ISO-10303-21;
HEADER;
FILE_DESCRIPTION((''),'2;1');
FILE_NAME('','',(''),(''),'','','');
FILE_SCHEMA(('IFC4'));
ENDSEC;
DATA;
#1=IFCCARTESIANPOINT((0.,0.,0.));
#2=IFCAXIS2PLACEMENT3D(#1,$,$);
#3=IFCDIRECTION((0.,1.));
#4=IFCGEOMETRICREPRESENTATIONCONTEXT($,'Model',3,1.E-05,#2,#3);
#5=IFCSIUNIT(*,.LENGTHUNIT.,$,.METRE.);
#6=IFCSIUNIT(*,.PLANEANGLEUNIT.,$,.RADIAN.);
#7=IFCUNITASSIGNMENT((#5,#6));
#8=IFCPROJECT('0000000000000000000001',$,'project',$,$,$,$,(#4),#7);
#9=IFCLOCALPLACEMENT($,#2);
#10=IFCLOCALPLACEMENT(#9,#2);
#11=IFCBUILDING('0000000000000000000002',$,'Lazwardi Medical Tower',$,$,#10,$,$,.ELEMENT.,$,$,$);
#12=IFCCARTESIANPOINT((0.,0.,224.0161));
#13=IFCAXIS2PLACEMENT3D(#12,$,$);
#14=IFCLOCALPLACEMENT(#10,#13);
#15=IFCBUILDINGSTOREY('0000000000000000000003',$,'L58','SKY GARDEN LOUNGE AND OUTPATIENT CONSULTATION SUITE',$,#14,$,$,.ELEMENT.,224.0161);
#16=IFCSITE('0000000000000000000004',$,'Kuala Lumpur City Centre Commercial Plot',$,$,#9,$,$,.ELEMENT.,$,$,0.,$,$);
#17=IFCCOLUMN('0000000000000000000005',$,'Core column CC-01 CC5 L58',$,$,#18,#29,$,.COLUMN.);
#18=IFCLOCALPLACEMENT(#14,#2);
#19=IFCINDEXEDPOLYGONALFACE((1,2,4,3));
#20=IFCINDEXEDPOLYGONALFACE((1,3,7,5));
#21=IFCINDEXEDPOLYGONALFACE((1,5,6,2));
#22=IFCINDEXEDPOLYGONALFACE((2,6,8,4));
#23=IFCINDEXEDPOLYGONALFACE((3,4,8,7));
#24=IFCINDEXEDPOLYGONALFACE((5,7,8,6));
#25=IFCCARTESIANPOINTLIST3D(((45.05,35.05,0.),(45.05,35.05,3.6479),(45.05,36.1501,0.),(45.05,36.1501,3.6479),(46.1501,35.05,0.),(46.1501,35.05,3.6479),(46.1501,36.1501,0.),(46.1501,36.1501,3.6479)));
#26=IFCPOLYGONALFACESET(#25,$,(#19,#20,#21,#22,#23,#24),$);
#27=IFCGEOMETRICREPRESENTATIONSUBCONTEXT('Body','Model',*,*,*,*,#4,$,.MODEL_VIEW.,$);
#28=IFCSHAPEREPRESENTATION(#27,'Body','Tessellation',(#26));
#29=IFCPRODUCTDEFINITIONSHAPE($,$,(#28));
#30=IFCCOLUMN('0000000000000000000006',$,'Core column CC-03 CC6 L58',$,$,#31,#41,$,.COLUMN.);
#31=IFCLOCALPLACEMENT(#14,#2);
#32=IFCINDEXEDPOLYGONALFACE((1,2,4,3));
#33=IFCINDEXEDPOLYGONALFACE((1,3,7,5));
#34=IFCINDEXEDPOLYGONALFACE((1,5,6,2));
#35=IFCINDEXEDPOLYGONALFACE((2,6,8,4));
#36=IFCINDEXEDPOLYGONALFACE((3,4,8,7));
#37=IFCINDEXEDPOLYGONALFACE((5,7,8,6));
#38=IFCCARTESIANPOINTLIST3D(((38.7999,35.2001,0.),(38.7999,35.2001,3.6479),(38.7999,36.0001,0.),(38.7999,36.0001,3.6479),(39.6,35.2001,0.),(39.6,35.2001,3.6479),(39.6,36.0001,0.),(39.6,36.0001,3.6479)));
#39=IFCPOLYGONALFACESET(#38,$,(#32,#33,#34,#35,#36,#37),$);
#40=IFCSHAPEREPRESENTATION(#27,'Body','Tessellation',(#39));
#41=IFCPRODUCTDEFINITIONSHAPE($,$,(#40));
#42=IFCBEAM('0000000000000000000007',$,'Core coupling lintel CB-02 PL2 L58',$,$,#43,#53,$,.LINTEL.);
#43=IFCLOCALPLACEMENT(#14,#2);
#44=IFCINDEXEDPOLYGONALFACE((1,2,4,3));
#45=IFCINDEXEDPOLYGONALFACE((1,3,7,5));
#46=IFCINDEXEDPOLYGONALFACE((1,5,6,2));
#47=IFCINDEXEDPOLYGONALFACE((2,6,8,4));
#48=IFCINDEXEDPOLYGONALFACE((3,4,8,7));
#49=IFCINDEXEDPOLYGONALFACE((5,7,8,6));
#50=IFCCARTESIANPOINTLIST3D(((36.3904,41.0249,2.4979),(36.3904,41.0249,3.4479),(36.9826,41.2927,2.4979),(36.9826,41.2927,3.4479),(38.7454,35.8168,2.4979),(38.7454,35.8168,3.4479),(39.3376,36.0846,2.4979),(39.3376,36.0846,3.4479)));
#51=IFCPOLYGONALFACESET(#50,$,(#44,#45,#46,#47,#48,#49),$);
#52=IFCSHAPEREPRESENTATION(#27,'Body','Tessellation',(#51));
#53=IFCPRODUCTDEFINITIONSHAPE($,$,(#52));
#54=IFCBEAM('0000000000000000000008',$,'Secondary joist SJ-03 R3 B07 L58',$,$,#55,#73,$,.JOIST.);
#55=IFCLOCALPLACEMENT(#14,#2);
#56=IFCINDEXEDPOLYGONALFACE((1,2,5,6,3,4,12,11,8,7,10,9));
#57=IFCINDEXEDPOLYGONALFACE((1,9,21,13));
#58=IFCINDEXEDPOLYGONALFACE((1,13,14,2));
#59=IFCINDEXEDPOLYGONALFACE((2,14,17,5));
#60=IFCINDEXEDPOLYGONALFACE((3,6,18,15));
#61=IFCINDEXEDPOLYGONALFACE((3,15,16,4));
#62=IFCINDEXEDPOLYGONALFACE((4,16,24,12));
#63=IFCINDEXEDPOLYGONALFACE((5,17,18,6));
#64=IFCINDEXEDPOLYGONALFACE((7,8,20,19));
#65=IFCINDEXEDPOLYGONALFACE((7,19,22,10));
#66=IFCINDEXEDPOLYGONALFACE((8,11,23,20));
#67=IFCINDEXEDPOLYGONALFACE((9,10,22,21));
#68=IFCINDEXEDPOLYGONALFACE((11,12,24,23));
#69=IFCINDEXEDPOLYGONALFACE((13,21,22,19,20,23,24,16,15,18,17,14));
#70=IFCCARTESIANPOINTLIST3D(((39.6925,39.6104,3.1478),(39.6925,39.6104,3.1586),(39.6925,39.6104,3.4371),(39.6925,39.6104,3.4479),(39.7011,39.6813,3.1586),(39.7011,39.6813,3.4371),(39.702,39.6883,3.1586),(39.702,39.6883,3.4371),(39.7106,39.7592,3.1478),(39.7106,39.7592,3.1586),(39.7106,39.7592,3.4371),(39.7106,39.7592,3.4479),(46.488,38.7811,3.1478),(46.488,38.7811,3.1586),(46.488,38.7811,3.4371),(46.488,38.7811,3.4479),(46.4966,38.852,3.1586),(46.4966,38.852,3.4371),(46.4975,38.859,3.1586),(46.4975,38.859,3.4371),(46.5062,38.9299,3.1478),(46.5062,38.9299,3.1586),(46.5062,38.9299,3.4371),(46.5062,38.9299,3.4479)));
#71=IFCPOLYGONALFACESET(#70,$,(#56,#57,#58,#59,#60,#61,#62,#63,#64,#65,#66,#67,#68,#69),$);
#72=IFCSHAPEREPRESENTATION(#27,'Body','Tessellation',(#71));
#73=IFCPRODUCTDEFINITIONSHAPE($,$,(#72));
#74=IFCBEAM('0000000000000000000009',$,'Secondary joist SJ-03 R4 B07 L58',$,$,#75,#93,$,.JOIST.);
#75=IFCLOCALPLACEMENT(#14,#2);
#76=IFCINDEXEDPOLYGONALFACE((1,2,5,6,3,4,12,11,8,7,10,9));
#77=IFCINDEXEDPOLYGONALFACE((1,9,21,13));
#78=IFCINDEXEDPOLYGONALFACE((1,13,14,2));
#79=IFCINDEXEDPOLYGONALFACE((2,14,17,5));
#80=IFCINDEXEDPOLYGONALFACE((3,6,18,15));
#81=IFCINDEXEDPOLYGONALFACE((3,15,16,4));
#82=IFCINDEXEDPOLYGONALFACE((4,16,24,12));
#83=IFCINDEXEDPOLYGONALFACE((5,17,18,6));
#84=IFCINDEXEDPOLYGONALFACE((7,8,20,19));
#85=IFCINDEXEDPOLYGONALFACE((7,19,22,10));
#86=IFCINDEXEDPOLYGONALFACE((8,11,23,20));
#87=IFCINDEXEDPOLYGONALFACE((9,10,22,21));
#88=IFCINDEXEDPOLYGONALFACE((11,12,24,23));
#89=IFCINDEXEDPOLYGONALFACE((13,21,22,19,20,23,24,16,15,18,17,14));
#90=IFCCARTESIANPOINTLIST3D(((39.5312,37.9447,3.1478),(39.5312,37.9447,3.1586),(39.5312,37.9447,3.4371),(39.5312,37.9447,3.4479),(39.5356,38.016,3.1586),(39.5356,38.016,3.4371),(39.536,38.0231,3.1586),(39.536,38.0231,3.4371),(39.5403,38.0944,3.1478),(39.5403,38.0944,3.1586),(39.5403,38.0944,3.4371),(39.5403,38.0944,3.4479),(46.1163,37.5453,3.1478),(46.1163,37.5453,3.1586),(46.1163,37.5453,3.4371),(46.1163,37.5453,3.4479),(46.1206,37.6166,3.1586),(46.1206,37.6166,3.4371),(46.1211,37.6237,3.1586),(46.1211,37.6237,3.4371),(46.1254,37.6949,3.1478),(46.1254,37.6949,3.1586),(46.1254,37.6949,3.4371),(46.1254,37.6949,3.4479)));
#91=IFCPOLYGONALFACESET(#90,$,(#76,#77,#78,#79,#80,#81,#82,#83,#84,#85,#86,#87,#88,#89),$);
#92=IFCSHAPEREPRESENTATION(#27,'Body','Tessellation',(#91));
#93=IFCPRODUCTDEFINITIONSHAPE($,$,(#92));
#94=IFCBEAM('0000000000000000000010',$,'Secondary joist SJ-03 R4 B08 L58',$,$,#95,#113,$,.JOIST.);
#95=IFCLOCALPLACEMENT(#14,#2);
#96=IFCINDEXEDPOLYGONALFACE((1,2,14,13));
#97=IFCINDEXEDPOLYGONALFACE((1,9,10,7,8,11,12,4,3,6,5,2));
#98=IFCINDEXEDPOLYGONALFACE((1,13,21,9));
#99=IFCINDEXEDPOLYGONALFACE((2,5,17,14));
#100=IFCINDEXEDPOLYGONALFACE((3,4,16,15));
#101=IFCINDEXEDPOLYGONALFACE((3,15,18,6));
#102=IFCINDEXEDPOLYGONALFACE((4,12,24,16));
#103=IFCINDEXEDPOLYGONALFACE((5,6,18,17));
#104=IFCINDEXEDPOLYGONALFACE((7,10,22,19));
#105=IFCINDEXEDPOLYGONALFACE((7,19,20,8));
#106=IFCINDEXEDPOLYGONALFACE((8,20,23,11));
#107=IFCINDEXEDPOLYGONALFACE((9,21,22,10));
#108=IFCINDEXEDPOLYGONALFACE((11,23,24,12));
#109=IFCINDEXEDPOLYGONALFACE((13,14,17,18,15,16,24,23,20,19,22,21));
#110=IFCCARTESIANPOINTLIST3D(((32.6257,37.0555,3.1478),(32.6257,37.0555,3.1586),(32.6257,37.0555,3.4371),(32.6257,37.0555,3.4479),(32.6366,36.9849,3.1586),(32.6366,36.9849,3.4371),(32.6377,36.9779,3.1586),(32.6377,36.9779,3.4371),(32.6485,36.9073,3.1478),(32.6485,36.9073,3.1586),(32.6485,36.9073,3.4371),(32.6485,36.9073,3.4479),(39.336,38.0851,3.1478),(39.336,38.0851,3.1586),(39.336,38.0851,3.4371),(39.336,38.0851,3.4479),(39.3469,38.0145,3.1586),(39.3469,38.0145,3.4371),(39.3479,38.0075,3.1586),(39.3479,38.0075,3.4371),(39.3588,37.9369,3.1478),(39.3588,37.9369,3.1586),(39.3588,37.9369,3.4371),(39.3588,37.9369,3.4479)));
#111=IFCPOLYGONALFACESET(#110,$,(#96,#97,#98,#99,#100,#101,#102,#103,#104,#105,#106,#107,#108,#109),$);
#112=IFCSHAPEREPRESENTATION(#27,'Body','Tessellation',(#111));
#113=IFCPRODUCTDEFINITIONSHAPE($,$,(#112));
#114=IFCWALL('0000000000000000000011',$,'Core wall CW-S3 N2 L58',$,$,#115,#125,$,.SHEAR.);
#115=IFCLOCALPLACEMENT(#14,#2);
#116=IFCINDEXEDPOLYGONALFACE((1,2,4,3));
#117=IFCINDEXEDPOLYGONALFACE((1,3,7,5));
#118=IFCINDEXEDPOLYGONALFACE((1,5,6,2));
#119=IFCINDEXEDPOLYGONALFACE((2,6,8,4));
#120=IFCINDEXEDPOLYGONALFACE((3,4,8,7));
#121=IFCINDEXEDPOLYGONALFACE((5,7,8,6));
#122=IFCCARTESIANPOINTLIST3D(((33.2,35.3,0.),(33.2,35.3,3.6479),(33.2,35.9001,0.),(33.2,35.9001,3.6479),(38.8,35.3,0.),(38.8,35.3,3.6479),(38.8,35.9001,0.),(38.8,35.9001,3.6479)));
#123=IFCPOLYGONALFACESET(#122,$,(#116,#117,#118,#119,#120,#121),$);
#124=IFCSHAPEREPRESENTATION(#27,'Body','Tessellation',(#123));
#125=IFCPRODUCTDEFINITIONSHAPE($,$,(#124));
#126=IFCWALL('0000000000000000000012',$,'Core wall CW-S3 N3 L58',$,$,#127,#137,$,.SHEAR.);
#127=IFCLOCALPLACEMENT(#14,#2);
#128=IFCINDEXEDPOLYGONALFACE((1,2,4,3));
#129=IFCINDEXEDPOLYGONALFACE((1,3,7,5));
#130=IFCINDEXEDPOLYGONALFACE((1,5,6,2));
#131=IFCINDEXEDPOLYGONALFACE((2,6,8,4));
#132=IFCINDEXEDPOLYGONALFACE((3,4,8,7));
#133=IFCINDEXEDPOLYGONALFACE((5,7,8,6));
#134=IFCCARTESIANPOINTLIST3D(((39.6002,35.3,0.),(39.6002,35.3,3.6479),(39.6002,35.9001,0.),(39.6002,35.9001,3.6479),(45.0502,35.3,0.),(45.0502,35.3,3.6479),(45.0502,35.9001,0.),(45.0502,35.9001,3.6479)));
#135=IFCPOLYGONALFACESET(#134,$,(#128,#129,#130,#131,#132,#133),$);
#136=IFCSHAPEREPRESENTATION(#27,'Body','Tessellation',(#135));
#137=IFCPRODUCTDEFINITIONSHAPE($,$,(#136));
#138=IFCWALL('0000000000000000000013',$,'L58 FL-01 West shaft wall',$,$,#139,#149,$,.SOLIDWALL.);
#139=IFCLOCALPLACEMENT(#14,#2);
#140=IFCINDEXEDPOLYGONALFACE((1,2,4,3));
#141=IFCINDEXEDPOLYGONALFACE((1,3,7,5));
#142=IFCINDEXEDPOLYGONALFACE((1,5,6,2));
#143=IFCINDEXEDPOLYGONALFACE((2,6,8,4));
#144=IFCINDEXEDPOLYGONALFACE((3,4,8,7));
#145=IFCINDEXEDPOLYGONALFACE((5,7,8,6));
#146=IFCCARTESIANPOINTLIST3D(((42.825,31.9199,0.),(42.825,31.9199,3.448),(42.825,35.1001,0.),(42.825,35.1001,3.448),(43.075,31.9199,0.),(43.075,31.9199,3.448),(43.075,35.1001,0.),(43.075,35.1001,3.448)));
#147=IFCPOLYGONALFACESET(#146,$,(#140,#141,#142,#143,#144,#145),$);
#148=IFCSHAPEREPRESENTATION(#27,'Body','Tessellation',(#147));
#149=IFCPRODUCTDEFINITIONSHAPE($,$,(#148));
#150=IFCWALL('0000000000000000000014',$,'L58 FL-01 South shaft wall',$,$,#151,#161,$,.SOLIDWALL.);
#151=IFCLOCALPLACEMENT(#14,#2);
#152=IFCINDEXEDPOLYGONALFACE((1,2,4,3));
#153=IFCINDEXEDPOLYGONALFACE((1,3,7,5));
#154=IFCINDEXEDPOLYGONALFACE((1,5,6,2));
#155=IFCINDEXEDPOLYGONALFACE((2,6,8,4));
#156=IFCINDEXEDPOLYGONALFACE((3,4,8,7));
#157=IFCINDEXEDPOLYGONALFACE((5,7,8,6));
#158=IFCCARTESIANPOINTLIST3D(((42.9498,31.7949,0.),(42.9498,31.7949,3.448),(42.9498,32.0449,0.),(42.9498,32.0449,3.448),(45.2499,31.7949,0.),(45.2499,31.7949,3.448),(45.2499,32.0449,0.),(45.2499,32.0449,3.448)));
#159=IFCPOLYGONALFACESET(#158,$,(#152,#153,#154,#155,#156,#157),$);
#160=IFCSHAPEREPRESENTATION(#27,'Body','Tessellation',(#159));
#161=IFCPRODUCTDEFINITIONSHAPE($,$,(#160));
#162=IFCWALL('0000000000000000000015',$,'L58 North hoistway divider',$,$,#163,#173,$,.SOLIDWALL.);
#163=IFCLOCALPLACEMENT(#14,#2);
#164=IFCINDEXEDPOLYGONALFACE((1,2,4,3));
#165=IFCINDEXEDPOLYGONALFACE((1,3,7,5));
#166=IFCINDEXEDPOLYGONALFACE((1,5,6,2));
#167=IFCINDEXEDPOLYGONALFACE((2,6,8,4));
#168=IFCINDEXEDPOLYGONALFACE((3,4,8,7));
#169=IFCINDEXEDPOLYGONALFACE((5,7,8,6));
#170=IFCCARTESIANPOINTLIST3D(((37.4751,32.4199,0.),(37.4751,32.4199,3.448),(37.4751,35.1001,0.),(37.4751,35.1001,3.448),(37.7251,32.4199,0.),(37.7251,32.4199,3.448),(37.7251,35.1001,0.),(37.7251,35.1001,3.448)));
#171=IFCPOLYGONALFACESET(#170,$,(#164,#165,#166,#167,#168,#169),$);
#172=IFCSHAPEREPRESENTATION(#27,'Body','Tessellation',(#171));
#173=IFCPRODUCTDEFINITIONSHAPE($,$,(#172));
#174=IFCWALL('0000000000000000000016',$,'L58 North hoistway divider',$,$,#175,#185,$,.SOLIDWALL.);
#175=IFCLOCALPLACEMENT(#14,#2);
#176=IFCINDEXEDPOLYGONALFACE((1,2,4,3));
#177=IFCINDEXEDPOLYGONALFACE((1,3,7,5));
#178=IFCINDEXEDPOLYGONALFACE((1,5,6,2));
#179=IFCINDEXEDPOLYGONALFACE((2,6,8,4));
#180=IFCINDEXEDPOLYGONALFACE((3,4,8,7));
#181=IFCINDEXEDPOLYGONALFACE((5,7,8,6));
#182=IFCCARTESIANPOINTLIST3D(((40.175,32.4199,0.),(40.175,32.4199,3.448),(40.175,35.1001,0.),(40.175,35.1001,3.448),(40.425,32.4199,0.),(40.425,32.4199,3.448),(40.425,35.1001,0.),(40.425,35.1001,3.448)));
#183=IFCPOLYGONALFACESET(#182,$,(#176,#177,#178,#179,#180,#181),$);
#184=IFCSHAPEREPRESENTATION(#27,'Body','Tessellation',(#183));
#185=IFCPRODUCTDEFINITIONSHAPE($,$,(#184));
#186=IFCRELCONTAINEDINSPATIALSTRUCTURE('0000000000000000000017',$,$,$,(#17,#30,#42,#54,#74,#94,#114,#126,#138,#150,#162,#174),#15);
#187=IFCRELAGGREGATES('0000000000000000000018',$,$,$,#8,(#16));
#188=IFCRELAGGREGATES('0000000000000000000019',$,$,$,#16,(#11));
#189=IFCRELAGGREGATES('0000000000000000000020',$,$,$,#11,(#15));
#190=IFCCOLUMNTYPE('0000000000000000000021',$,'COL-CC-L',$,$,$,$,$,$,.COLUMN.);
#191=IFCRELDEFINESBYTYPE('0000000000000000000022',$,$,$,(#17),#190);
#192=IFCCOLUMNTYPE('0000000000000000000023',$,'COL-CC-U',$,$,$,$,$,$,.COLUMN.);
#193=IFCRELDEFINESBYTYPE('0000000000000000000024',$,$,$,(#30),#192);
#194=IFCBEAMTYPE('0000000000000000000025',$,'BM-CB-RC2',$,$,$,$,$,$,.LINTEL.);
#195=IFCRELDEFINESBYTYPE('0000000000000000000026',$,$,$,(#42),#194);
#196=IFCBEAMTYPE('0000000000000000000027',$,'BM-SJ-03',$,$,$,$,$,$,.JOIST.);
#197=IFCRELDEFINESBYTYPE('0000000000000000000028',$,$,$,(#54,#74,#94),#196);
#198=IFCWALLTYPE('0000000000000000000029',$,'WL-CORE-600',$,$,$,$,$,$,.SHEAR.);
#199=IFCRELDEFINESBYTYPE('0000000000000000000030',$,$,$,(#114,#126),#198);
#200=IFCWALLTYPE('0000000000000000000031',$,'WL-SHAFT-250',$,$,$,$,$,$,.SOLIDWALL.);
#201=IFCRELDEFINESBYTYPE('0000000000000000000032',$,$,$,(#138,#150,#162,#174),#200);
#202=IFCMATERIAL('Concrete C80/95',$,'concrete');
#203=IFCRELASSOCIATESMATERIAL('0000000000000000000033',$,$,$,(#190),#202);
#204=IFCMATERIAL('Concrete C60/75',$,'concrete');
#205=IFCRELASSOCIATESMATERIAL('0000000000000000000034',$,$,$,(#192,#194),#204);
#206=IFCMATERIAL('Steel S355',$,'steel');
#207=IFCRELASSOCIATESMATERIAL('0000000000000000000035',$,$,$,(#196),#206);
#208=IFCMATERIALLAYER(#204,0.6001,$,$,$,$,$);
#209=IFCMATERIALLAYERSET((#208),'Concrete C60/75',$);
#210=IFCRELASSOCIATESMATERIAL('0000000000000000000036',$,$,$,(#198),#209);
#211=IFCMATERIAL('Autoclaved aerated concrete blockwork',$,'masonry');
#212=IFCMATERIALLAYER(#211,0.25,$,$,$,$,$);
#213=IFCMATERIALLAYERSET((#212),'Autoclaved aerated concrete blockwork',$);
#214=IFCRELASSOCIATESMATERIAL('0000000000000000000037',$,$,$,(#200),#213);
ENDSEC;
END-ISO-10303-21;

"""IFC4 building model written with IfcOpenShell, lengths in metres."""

from ifc_helpers import new_model, si_unit, direction, frame, frame_2d, origin, origin_2d, place, context, subcontext, project, spatial, rectangle, i_section, extrude, material, layer, layer_set, material_profile, profile_set, type_object, element, save


model = new_model("IFC4")

# Units and contexts
model_context = context("Model", 3, precision=1e-05, world=origin(), true_north=direction((0.0, 1.0)))
body_context = subcontext(model_context, "Body", "Model", "MODEL_VIEW")
ifc_project = project(units=[si_unit("LENGTHUNIT", "METRE"), si_unit("PLANEANGLEUNIT", "RADIAN")], contexts=[model_context])

# Site, building, storey
site_placement = place(None, origin())
site = spatial("IfcSite", under=ifc_project, at=site_placement, Name="Kuala Lumpur City Centre Commercial Plot", CompositionType="ELEMENT", RefElevation=0.0)
building_placement = place(site_placement, origin())
building = spatial("IfcBuilding", under=site, at=building_placement, Name="Lazwardi Medical Tower", CompositionType="ELEMENT")
storey_placement = place(building_placement, frame((0.0, 0.0, 224.0161)))
storey = spatial("IfcBuildingStorey", under=building, at=storey_placement, Name="L58", Description="SKY GARDEN LOUNGE AND OUTPATIENT CONSULTATION SUITE", CompositionType="ELEMENT", Elevation=224.0161)

# Columns
ifc_material_1 = material(Name="Concrete C80/95", Category="concrete")
ifc_material_profile_1 = material_profile(ifc_material_1, rectangle(XDim=1.1001, YDim=1.1001, at=origin_2d()), Name="RC 1100x1100")
ifc_profile_set_1 = profile_set([ifc_material_profile_1], Name="Concrete C80/95")
column_type_1 = type_object("IfcColumnType", Name="COL-CC-L", PredefinedType="COLUMN", material=ifc_profile_set_1)
column_1_placement = place(storey_placement, frame((45.6001, 35.6001, 0.0), z_axis=(0.0, 0.0, 1.0), x_axis=(1.0, 0.0, 0.0)))
element("IfcColumn", 1, at=column_1_placement, inside=storey, type_object=column_type_1, Name="Core column CC-01 CC5 L58", PredefinedType="COLUMN", context=body_context, shape_type="SweptSolid", body=[
    extrude(rectangle(XDim=1.1001, YDim=1.1001, at=origin_2d()), origin(), (0.0, 0.0, 1.0), 3.6479),
])
ifc_material_2 = material(Name="Concrete C60/75", Category="concrete")
ifc_material_profile_2 = material_profile(ifc_material_2, rectangle(XDim=0.8, YDim=0.8, at=origin_2d()), Name="RC 800x800")
ifc_profile_set_2 = profile_set([ifc_material_profile_2], Name="Concrete C60/75")
column_type_2 = type_object("IfcColumnType", Name="COL-CC-U", PredefinedType="COLUMN", material=ifc_profile_set_2)
column_2_placement = place(storey_placement, frame((39.2, 35.6001, 0.0), z_axis=(0.0, 0.0, 1.0), x_axis=(1.0, 0.0, 0.0)))
element("IfcColumn", 2, at=column_2_placement, inside=storey, type_object=column_type_2, Name="Core column CC-03 CC6 L58", PredefinedType="COLUMN", context=body_context, shape_type="SweptSolid", body=[
    extrude(rectangle(XDim=0.8, YDim=0.8, at=origin_2d()), origin(), (0.0, 0.0, 1.0), 3.6479),
])

# Beams
ifc_material_profile_3 = material_profile(ifc_material_2, rectangle(XDim=0.6499, YDim=0.95, at=origin_2d()), Name="RC 650x950")
ifc_profile_set_3 = profile_set([ifc_material_profile_3], Name="Concrete C60/75")
beam_type_1 = type_object("IfcBeamType", Name="BM-CB-RC2", PredefinedType="LINTEL", material=ifc_profile_set_3)
beam_1_placement = place(storey_placement, frame((39.0415, 35.9507, 2.9729), z_axis=(-0.412019, 0.911175, 0.0), x_axis=(-0.911175, -0.412019, 0.0)))
element("IfcBeam", 3, at=beam_1_placement, inside=storey, type_object=beam_type_1, Name="Core coupling lintel CB-02 PL2 L58", PredefinedType="LINTEL", context=body_context, shape_type="SweptSolid", body=[
    extrude(rectangle(XDim=0.6499, YDim=0.95, at=origin_2d()), origin(), (0.0, 0.0, 1.0), 5.7158),
])
ifc_material_3 = material(Name="Steel S355", Category="steel")
ifc_material_profile_4 = material_profile(ifc_material_3, i_section(OverallWidth=0.1499, OverallDepth=0.3, WebThickness=0.0071, FlangeThickness=0.0107, at=origin_2d()), Name="IPE 300")
ifc_profile_set_4 = profile_set([ifc_material_profile_4], Name="Steel S355")
beam_type_2 = type_object("IfcBeamType", Name="BM-SJ-03", PredefinedType="JOIST", material=ifc_profile_set_4)
beam_2_placement = place(storey_placement, frame((46.4971, 38.8555, 3.2979), z_axis=(-0.992635, 0.121146, 0.0), x_axis=(-0.121146, -0.992635, 0.0)))
element("IfcBeam", 4, at=beam_2_placement, inside=storey, type_object=beam_type_2, Name="Secondary joist SJ-03 R3 B07 L58", PredefinedType="JOIST", context=body_context, shape_type="SweptSolid", body=[
    extrude(i_section(OverallWidth=0.1499, OverallDepth=0.3, WebThickness=0.0071, FlangeThickness=0.0107, at=origin_2d()), origin(), (0.0, 0.0, 1.0), 6.8459),
])
beam_3_placement = place(storey_placement, frame((46.1208, 37.6201, 3.2979), z_axis=(-0.998166, 0.060544, 0.0), x_axis=(-0.060544, -0.998166, 0.0)))
element("IfcBeam", 5, at=beam_3_placement, inside=storey, type_object=beam_type_2, Name="Secondary joist SJ-03 R4 B07 L58", PredefinedType="JOIST", context=body_context, shape_type="SweptSolid", body=[
    extrude(i_section(OverallWidth=0.1499, OverallDepth=0.3, WebThickness=0.0071, FlangeThickness=0.0107, at=origin_2d()), origin(), (0.0, 0.0, 1.0), 6.5972),
])
beam_4_placement = place(storey_placement, frame((39.3474, 38.011, 3.2979), z_axis=(-0.988434, -0.151655, 0.0), x_axis=(0.151655, -0.988434, 0.0)))
element("IfcBeam", 6, at=beam_4_placement, inside=storey, type_object=beam_type_2, Name="Secondary joist SJ-03 R4 B08 L58", PredefinedType="JOIST", context=body_context, shape_type="SweptSolid", body=[
    extrude(i_section(OverallWidth=0.1499, OverallDepth=0.3, WebThickness=0.0071, FlangeThickness=0.0107, at=origin_2d()), origin(), (0.0, 0.0, 1.0), 6.7888),
])

# Walls
ifc_layer_1 = layer(ifc_material_2, 0.6001)
ifc_layer_set_1 = layer_set([ifc_layer_1], Name="Concrete C60/75")
wall_type_1 = type_object("IfcWallType", Name="WL-CORE-600", PredefinedType="SHEAR", material=ifc_layer_set_1)
wall_1_placement = place(storey_placement, frame((33.2, 35.6001, 0.0), z_axis=(0.0, 0.0, 1.0), x_axis=(1.0, 0.0, 0.0)))
element("IfcWall", 7, at=wall_1_placement, inside=storey, type_object=wall_type_1, Name="Core wall CW-S3 N2 L58", PredefinedType="SHEAR", context=body_context, shape_type="SweptSolid", body=[
    extrude(rectangle(XDim=5.6001, YDim=0.6001, at=frame_2d((2.8, 0.0))), origin(), (0.0, 0.0, 1.0), 3.6479),
])
wall_2_placement = place(storey_placement, frame((39.6001, 35.6001, 0.0), z_axis=(0.0, 0.0, 1.0), x_axis=(1.0, 0.0, 0.0)))
element("IfcWall", 8, at=wall_2_placement, inside=storey, type_object=wall_type_1, Name="Core wall CW-S3 N3 L58", PredefinedType="SHEAR", context=body_context, shape_type="SweptSolid", body=[
    extrude(rectangle(XDim=5.45, YDim=0.6001, at=frame_2d((2.7251, 0.0))), origin(), (0.0, 0.0, 1.0), 3.6479),
])
ifc_material_4 = material(Name="Autoclaved aerated concrete blockwork", Category="masonry")
ifc_layer_2 = layer(ifc_material_4, 0.25)
ifc_layer_set_2 = layer_set([ifc_layer_2], Name="Autoclaved aerated concrete blockwork")
wall_type_2 = type_object("IfcWallType", Name="WL-SHAFT-250", PredefinedType="SOLIDWALL", material=ifc_layer_set_2)
wall_3_placement = place(storey_placement, frame((42.95, 31.9199, 0.0), z_axis=(0.0, 0.0, 1.0), x_axis=(0.0, 1.0, 0.0)))
element("IfcWall", 9, at=wall_3_placement, inside=storey, type_object=wall_type_2, Name="L58 FL-01 West shaft wall", PredefinedType="SOLIDWALL", context=body_context, shape_type="SweptSolid", body=[
    extrude(rectangle(XDim=3.1802, YDim=0.25, at=frame_2d((1.5901, 0.0))), origin(), (0.0, 0.0, 1.0), 3.448),
])
wall_4_placement = place(storey_placement, frame((42.95, 31.9199, 0.0), z_axis=(0.0, 0.0, 1.0), x_axis=(1.0, 0.0, 0.0)))
element("IfcWall", 10, at=wall_4_placement, inside=storey, type_object=wall_type_2, Name="L58 FL-01 South shaft wall", PredefinedType="SOLIDWALL", context=body_context, shape_type="SweptSolid", body=[
    extrude(rectangle(XDim=2.3, YDim=0.25, at=frame_2d((1.1499, 0.0))), origin(), (0.0, 0.0, 1.0), 3.448),
])
for number, where, z_axis, x_axis, name in (
    (11, (37.6001, 32.4199, 0.0), (0.0, 0.0, 1.0), (0.0, 1.0, 0.0), "L58 North hoistway divider"),
    (12, (40.3, 32.4199, 0.0), (0.0, 0.0, 1.0), (0.0, 1.0, 0.0), "L58 North hoistway divider"),
):
    element("IfcWall", number, at=place(storey_placement, frame(where, z_axis=z_axis, x_axis=x_axis)), inside=storey, type_object=wall_type_2, Name=name, PredefinedType="SOLIDWALL", context=body_context, shape_type="SweptSolid", body=[
        extrude(rectangle(XDim=2.6802, YDim=0.25, at=frame_2d((1.3401, 0.0))), origin(), (0.0, 0.0, 1.0), 3.448),
    ])

save(model, "model.ifc")
